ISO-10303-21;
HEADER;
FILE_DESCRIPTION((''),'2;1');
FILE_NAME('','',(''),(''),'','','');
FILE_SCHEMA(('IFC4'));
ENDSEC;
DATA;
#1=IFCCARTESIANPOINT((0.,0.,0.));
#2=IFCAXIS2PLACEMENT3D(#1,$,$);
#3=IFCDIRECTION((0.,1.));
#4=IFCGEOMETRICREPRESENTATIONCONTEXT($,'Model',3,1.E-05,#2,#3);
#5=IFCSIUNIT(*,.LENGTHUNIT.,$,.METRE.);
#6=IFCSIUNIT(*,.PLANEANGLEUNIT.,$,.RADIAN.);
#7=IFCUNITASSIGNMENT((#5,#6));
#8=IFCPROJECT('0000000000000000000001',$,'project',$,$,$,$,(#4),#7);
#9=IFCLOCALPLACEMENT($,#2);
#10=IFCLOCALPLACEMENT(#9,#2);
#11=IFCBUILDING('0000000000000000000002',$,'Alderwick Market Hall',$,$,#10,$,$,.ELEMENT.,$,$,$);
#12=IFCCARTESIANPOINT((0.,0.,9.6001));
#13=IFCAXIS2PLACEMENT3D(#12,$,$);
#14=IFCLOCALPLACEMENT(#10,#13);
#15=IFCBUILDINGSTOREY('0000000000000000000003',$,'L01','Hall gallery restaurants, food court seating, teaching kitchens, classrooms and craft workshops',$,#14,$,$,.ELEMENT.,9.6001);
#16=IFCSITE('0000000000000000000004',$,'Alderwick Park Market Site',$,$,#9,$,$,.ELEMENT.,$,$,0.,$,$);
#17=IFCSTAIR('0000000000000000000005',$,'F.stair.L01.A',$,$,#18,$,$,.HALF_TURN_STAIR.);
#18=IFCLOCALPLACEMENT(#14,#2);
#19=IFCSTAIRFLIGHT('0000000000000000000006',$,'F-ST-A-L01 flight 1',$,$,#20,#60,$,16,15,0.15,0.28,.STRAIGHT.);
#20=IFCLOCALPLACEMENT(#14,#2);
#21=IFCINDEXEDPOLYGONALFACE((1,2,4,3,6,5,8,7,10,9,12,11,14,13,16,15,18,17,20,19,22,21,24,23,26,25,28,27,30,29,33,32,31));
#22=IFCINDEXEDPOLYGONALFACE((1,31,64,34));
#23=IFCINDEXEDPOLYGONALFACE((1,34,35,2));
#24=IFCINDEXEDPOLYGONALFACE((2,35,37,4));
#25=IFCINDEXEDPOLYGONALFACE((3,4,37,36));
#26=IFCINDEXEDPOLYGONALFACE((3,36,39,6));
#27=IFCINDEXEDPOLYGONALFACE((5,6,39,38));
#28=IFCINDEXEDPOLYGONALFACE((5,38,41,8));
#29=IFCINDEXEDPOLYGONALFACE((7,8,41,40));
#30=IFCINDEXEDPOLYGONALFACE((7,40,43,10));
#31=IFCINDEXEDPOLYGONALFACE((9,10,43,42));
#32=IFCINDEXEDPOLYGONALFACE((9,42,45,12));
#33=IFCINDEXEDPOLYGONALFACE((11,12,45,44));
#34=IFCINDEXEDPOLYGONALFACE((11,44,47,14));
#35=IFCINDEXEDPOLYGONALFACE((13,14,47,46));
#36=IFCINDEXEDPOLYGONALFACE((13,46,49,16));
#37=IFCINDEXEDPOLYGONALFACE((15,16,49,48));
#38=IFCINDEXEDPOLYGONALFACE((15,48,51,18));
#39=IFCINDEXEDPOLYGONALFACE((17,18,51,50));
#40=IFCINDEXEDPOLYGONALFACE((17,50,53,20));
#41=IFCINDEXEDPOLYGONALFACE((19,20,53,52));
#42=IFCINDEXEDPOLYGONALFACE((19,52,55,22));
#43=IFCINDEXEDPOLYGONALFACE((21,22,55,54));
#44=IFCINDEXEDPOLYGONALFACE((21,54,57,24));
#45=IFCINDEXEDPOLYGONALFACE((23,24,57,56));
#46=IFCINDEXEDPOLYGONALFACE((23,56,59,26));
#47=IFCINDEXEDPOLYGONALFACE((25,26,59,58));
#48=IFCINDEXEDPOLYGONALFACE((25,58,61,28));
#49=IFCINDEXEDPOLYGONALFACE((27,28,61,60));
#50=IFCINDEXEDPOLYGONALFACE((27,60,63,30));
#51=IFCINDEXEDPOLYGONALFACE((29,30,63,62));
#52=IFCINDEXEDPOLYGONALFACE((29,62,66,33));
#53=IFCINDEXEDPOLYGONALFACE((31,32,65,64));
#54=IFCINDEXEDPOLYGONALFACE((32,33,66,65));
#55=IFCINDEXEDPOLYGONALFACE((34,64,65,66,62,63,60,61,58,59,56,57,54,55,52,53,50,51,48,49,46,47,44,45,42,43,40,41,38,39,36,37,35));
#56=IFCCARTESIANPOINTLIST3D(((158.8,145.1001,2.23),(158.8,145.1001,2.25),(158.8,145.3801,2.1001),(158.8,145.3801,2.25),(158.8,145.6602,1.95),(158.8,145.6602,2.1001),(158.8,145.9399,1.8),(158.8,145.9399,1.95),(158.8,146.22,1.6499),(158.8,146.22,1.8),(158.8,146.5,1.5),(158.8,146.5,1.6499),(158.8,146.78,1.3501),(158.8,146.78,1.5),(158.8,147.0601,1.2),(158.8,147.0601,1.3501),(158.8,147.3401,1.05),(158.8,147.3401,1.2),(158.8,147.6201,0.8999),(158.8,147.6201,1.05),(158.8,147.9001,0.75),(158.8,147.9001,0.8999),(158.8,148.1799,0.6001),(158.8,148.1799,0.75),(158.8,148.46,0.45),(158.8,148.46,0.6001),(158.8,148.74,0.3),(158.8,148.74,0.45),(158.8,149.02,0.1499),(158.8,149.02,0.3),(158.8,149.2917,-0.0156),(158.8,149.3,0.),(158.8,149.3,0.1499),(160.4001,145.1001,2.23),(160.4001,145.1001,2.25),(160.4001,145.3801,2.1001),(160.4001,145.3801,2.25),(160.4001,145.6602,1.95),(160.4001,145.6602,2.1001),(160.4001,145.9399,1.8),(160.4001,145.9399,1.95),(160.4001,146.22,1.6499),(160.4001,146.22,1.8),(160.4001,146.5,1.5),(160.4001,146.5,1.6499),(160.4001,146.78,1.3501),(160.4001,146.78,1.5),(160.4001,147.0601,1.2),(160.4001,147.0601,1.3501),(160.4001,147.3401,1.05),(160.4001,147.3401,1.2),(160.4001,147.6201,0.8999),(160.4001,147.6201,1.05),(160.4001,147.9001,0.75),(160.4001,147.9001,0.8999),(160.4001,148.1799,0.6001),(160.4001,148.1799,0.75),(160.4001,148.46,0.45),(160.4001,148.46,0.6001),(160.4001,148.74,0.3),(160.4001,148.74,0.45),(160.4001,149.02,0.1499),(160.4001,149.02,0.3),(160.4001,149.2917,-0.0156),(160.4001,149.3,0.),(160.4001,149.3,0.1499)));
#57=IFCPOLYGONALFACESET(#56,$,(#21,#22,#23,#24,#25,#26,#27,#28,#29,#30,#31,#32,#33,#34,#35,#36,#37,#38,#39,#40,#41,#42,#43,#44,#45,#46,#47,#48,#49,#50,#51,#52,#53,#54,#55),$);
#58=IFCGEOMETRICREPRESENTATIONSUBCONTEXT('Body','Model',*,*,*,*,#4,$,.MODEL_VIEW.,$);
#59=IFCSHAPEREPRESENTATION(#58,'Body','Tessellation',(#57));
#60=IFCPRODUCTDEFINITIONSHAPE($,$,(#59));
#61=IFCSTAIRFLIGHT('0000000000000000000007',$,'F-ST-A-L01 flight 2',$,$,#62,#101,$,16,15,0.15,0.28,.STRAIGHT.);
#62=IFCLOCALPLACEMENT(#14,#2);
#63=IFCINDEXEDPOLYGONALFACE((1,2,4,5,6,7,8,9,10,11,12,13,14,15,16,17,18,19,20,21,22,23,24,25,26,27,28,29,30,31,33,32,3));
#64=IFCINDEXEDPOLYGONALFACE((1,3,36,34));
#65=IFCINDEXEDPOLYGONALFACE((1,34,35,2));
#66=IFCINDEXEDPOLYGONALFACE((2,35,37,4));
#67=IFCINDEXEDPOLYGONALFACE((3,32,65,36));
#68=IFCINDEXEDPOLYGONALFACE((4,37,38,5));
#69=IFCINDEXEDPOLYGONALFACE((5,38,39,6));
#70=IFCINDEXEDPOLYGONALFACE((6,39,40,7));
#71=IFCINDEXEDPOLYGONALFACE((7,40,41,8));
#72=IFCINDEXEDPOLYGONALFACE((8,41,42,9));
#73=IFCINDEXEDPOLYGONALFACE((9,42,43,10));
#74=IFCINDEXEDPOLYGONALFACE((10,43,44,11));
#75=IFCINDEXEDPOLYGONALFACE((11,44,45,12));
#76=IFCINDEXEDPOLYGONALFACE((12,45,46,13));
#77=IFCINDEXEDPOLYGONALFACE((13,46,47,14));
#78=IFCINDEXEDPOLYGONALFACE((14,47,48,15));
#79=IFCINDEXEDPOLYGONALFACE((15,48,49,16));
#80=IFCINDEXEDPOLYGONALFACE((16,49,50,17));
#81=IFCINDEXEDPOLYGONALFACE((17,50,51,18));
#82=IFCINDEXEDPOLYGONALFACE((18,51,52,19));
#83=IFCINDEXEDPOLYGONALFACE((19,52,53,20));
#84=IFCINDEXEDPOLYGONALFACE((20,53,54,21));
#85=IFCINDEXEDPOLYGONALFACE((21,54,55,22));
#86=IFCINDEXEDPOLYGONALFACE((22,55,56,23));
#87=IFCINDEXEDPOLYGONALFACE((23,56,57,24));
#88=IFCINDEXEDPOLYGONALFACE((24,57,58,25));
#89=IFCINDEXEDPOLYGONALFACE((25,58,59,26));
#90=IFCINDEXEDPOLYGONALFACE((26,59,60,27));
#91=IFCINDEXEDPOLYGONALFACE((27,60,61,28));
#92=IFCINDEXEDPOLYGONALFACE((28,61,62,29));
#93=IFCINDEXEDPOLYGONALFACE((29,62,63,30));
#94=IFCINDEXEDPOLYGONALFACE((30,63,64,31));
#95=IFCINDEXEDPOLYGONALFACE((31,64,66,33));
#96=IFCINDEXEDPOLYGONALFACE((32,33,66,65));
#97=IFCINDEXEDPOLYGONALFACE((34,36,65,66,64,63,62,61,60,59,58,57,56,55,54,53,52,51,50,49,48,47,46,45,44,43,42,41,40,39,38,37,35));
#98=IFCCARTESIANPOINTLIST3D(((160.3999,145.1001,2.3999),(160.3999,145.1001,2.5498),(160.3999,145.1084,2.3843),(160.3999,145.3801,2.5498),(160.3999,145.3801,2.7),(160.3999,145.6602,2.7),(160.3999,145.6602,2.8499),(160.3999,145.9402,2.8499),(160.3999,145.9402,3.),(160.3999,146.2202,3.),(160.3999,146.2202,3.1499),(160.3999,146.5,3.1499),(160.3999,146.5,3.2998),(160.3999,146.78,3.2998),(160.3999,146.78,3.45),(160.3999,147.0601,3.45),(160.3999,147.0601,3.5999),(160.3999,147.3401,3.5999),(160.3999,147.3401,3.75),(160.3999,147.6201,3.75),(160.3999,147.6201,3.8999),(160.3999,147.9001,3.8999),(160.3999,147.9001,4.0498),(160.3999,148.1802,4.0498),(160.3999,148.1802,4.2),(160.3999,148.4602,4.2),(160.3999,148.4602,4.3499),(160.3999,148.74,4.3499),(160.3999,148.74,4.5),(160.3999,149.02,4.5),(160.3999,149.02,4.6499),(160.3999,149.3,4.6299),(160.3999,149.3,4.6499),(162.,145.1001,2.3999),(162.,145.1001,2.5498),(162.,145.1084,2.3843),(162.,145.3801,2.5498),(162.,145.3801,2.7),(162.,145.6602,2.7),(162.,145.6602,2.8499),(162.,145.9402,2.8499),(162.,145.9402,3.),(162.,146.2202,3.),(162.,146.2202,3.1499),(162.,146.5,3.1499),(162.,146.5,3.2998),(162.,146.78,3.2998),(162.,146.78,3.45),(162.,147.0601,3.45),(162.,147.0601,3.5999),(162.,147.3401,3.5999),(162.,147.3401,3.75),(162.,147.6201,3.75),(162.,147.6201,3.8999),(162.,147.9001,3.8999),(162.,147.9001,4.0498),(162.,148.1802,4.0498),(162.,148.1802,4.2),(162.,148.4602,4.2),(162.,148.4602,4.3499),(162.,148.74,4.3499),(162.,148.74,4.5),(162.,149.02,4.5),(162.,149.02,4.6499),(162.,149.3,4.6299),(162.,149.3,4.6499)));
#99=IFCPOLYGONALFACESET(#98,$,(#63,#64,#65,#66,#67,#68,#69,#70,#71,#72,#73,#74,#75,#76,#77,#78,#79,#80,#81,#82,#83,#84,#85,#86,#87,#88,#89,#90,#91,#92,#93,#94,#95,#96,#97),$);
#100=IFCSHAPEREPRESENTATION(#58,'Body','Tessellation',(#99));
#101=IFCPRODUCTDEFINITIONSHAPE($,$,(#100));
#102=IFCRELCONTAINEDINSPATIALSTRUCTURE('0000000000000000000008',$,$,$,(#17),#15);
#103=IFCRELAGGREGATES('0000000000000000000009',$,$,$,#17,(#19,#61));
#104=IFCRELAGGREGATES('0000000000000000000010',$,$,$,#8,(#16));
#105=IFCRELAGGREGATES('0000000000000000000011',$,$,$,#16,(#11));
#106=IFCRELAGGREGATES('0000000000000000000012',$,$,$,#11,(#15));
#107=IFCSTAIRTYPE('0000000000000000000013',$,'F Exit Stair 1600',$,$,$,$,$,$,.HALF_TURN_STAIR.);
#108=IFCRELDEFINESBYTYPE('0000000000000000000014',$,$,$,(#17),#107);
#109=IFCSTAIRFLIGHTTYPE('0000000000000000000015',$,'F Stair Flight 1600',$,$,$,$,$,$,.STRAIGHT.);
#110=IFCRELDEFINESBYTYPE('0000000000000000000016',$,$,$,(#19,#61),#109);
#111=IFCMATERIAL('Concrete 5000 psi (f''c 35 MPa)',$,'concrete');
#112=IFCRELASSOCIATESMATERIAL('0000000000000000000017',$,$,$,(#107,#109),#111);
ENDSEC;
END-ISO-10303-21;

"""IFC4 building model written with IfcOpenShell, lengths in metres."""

from ifc_helpers import new_model, si_unit, direction, frame, origin, place, context, subcontext, project, spatial, polyline, outline, extrude, material, type_object, element, aggregate, save


model = new_model("IFC4")

# Units and contexts
model_context = context("Model", 3, precision=1e-05, world=origin(), true_north=direction((0.0, 1.0)))
body_context = subcontext(model_context, "Body", "Model", "MODEL_VIEW")
ifc_project = project(units=[si_unit("LENGTHUNIT", "METRE"), si_unit("PLANEANGLEUNIT", "RADIAN")], contexts=[model_context])

# Site, building, storey
site_placement = place(None, origin())
site = spatial("IfcSite", under=ifc_project, at=site_placement, Name="Alderwick Park Market Site", CompositionType="ELEMENT", RefElevation=0.0)
building_placement = place(site_placement, origin())
building = spatial("IfcBuilding", under=site, at=building_placement, Name="Alderwick Market Hall", CompositionType="ELEMENT")
storey_placement = place(building_placement, frame((0.0, 0.0, 9.6001)))
storey = spatial("IfcBuildingStorey", under=building, at=storey_placement, Name="L01", Description="Hall gallery restaurants, food court seating, teaching kitchens, classrooms and craft workshops", CompositionType="ELEMENT", Elevation=9.6001)

# Shared definitions
ifc_material_1 = material(Name="Concrete 5000 psi (f'c 35 MPa)", Category="concrete")

# Stair, stair flights
stair_type = type_object("IfcStairType", Name="F Exit Stair 1600", PredefinedType="HALF_TURN_STAIR", material=ifc_material_1)
stair_placement = place(storey_placement, origin())
stair = element("IfcStair", 1, at=stair_placement, inside=storey, type_object=stair_type, Name="F.stair.L01.A", PredefinedType="HALF_TURN_STAIR")
stair_flight_type = type_object("IfcStairFlightType", Name="F Stair Flight 1600", PredefinedType="STRAIGHT", material=ifc_material_1)
stair_flight_1_placement = place(storey_placement, frame((159.6001, 149.3, 0.0), z_axis=(0.0, 0.0, 1.0), x_axis=(0.0, -1.0, 0.0)))
stair_flight_1 = element("IfcStairFlight", 2, at=stair_flight_1_placement, type_object=stair_flight_type, Name="F-ST-A-L01 flight 1", NumberOfRisers=16, NumberOfTreads=15, PredefinedType="STRAIGHT", RiserHeight=0.15, TreadLength=0.28, context=body_context, shape_type="SweptSolid", body=[
    extrude(outline(polyline([(0.0083, -0.0156), (0.0, 0.0), (0.0, 0.1499), (0.28, 0.1499), (0.28, 0.3), (0.5601, 0.3), (0.5601, 0.45), (0.8401, 0.45), (0.8401, 0.6001), (1.1201, 0.6001), (1.1201, 0.75), (1.3999, 0.75), (1.3999, 0.8999), (1.6799, 0.8999), (1.6799, 1.05), (1.96, 1.05), (1.96, 1.2), (2.24, 1.2), (2.24, 1.3501), (2.52, 1.3501), (2.52, 1.5), (2.8, 1.5), (2.8, 1.6499), (3.0801, 1.6499), (3.0801, 1.8), (3.3601, 1.8), (3.3601, 1.95), (3.6399, 1.95), (3.6399, 2.1001), (3.9199, 2.1001), (3.9199, 2.25), (4.2, 2.25), (4.2, 2.23), (0.0083, -0.0156)])), frame((0.0, 0.8, 0.0), z_axis=(0.0, -1.0, 0.0), x_axis=(1.0, 0.0, 0.0)), (0.0, 0.0, 1.0), 1.6001),
])
stair_flight_2_placement = place(storey_placement, frame((161.2, 145.1001, 2.3999), z_axis=(0.0, 0.0, 1.0), x_axis=(0.0, 1.0, 0.0)))
stair_flight_2 = element("IfcStairFlight", 3, at=stair_flight_2_placement, type_object=stair_flight_type, Name="F-ST-A-L01 flight 2", NumberOfRisers=16, NumberOfTreads=15, PredefinedType="STRAIGHT", RiserHeight=0.15, TreadLength=0.28, context=body_context, shape_type="SweptSolid", body=[
    extrude(outline(polyline([(0.0083, -0.0156), (0.0, 0.0), (0.0, 0.1499), (0.28, 0.1499), (0.28, 0.3), (0.5601, 0.3), (0.5601, 0.45), (0.8401, 0.45), (0.8401, 0.6001), (1.1201, 0.6001), (1.1201, 0.75), (1.3999, 0.75), (1.3999, 0.8999), (1.6799, 0.8999), (1.6799, 1.05), (1.96, 1.05), (1.96, 1.2), (2.24, 1.2), (2.24, 1.3501), (2.52, 1.3501), (2.52, 1.5), (2.8, 1.5), (2.8, 1.6499), (3.0801, 1.6499), (3.0801, 1.8), (3.3601, 1.8), (3.3601, 1.95), (3.6399, 1.95), (3.6399, 2.1001), (3.9199, 2.1001), (3.9199, 2.25), (4.2, 2.25), (4.2, 2.23), (0.0083, -0.0156)])), frame((0.0, 0.8, 0.0), z_axis=(0.0, -1.0, 0.0), x_axis=(1.0, 0.0, 0.0)), (0.0, 0.0, 1.0), 1.6001),
])
aggregate(stair, [stair_flight_1, stair_flight_2])

save(model, "model.ifc")
